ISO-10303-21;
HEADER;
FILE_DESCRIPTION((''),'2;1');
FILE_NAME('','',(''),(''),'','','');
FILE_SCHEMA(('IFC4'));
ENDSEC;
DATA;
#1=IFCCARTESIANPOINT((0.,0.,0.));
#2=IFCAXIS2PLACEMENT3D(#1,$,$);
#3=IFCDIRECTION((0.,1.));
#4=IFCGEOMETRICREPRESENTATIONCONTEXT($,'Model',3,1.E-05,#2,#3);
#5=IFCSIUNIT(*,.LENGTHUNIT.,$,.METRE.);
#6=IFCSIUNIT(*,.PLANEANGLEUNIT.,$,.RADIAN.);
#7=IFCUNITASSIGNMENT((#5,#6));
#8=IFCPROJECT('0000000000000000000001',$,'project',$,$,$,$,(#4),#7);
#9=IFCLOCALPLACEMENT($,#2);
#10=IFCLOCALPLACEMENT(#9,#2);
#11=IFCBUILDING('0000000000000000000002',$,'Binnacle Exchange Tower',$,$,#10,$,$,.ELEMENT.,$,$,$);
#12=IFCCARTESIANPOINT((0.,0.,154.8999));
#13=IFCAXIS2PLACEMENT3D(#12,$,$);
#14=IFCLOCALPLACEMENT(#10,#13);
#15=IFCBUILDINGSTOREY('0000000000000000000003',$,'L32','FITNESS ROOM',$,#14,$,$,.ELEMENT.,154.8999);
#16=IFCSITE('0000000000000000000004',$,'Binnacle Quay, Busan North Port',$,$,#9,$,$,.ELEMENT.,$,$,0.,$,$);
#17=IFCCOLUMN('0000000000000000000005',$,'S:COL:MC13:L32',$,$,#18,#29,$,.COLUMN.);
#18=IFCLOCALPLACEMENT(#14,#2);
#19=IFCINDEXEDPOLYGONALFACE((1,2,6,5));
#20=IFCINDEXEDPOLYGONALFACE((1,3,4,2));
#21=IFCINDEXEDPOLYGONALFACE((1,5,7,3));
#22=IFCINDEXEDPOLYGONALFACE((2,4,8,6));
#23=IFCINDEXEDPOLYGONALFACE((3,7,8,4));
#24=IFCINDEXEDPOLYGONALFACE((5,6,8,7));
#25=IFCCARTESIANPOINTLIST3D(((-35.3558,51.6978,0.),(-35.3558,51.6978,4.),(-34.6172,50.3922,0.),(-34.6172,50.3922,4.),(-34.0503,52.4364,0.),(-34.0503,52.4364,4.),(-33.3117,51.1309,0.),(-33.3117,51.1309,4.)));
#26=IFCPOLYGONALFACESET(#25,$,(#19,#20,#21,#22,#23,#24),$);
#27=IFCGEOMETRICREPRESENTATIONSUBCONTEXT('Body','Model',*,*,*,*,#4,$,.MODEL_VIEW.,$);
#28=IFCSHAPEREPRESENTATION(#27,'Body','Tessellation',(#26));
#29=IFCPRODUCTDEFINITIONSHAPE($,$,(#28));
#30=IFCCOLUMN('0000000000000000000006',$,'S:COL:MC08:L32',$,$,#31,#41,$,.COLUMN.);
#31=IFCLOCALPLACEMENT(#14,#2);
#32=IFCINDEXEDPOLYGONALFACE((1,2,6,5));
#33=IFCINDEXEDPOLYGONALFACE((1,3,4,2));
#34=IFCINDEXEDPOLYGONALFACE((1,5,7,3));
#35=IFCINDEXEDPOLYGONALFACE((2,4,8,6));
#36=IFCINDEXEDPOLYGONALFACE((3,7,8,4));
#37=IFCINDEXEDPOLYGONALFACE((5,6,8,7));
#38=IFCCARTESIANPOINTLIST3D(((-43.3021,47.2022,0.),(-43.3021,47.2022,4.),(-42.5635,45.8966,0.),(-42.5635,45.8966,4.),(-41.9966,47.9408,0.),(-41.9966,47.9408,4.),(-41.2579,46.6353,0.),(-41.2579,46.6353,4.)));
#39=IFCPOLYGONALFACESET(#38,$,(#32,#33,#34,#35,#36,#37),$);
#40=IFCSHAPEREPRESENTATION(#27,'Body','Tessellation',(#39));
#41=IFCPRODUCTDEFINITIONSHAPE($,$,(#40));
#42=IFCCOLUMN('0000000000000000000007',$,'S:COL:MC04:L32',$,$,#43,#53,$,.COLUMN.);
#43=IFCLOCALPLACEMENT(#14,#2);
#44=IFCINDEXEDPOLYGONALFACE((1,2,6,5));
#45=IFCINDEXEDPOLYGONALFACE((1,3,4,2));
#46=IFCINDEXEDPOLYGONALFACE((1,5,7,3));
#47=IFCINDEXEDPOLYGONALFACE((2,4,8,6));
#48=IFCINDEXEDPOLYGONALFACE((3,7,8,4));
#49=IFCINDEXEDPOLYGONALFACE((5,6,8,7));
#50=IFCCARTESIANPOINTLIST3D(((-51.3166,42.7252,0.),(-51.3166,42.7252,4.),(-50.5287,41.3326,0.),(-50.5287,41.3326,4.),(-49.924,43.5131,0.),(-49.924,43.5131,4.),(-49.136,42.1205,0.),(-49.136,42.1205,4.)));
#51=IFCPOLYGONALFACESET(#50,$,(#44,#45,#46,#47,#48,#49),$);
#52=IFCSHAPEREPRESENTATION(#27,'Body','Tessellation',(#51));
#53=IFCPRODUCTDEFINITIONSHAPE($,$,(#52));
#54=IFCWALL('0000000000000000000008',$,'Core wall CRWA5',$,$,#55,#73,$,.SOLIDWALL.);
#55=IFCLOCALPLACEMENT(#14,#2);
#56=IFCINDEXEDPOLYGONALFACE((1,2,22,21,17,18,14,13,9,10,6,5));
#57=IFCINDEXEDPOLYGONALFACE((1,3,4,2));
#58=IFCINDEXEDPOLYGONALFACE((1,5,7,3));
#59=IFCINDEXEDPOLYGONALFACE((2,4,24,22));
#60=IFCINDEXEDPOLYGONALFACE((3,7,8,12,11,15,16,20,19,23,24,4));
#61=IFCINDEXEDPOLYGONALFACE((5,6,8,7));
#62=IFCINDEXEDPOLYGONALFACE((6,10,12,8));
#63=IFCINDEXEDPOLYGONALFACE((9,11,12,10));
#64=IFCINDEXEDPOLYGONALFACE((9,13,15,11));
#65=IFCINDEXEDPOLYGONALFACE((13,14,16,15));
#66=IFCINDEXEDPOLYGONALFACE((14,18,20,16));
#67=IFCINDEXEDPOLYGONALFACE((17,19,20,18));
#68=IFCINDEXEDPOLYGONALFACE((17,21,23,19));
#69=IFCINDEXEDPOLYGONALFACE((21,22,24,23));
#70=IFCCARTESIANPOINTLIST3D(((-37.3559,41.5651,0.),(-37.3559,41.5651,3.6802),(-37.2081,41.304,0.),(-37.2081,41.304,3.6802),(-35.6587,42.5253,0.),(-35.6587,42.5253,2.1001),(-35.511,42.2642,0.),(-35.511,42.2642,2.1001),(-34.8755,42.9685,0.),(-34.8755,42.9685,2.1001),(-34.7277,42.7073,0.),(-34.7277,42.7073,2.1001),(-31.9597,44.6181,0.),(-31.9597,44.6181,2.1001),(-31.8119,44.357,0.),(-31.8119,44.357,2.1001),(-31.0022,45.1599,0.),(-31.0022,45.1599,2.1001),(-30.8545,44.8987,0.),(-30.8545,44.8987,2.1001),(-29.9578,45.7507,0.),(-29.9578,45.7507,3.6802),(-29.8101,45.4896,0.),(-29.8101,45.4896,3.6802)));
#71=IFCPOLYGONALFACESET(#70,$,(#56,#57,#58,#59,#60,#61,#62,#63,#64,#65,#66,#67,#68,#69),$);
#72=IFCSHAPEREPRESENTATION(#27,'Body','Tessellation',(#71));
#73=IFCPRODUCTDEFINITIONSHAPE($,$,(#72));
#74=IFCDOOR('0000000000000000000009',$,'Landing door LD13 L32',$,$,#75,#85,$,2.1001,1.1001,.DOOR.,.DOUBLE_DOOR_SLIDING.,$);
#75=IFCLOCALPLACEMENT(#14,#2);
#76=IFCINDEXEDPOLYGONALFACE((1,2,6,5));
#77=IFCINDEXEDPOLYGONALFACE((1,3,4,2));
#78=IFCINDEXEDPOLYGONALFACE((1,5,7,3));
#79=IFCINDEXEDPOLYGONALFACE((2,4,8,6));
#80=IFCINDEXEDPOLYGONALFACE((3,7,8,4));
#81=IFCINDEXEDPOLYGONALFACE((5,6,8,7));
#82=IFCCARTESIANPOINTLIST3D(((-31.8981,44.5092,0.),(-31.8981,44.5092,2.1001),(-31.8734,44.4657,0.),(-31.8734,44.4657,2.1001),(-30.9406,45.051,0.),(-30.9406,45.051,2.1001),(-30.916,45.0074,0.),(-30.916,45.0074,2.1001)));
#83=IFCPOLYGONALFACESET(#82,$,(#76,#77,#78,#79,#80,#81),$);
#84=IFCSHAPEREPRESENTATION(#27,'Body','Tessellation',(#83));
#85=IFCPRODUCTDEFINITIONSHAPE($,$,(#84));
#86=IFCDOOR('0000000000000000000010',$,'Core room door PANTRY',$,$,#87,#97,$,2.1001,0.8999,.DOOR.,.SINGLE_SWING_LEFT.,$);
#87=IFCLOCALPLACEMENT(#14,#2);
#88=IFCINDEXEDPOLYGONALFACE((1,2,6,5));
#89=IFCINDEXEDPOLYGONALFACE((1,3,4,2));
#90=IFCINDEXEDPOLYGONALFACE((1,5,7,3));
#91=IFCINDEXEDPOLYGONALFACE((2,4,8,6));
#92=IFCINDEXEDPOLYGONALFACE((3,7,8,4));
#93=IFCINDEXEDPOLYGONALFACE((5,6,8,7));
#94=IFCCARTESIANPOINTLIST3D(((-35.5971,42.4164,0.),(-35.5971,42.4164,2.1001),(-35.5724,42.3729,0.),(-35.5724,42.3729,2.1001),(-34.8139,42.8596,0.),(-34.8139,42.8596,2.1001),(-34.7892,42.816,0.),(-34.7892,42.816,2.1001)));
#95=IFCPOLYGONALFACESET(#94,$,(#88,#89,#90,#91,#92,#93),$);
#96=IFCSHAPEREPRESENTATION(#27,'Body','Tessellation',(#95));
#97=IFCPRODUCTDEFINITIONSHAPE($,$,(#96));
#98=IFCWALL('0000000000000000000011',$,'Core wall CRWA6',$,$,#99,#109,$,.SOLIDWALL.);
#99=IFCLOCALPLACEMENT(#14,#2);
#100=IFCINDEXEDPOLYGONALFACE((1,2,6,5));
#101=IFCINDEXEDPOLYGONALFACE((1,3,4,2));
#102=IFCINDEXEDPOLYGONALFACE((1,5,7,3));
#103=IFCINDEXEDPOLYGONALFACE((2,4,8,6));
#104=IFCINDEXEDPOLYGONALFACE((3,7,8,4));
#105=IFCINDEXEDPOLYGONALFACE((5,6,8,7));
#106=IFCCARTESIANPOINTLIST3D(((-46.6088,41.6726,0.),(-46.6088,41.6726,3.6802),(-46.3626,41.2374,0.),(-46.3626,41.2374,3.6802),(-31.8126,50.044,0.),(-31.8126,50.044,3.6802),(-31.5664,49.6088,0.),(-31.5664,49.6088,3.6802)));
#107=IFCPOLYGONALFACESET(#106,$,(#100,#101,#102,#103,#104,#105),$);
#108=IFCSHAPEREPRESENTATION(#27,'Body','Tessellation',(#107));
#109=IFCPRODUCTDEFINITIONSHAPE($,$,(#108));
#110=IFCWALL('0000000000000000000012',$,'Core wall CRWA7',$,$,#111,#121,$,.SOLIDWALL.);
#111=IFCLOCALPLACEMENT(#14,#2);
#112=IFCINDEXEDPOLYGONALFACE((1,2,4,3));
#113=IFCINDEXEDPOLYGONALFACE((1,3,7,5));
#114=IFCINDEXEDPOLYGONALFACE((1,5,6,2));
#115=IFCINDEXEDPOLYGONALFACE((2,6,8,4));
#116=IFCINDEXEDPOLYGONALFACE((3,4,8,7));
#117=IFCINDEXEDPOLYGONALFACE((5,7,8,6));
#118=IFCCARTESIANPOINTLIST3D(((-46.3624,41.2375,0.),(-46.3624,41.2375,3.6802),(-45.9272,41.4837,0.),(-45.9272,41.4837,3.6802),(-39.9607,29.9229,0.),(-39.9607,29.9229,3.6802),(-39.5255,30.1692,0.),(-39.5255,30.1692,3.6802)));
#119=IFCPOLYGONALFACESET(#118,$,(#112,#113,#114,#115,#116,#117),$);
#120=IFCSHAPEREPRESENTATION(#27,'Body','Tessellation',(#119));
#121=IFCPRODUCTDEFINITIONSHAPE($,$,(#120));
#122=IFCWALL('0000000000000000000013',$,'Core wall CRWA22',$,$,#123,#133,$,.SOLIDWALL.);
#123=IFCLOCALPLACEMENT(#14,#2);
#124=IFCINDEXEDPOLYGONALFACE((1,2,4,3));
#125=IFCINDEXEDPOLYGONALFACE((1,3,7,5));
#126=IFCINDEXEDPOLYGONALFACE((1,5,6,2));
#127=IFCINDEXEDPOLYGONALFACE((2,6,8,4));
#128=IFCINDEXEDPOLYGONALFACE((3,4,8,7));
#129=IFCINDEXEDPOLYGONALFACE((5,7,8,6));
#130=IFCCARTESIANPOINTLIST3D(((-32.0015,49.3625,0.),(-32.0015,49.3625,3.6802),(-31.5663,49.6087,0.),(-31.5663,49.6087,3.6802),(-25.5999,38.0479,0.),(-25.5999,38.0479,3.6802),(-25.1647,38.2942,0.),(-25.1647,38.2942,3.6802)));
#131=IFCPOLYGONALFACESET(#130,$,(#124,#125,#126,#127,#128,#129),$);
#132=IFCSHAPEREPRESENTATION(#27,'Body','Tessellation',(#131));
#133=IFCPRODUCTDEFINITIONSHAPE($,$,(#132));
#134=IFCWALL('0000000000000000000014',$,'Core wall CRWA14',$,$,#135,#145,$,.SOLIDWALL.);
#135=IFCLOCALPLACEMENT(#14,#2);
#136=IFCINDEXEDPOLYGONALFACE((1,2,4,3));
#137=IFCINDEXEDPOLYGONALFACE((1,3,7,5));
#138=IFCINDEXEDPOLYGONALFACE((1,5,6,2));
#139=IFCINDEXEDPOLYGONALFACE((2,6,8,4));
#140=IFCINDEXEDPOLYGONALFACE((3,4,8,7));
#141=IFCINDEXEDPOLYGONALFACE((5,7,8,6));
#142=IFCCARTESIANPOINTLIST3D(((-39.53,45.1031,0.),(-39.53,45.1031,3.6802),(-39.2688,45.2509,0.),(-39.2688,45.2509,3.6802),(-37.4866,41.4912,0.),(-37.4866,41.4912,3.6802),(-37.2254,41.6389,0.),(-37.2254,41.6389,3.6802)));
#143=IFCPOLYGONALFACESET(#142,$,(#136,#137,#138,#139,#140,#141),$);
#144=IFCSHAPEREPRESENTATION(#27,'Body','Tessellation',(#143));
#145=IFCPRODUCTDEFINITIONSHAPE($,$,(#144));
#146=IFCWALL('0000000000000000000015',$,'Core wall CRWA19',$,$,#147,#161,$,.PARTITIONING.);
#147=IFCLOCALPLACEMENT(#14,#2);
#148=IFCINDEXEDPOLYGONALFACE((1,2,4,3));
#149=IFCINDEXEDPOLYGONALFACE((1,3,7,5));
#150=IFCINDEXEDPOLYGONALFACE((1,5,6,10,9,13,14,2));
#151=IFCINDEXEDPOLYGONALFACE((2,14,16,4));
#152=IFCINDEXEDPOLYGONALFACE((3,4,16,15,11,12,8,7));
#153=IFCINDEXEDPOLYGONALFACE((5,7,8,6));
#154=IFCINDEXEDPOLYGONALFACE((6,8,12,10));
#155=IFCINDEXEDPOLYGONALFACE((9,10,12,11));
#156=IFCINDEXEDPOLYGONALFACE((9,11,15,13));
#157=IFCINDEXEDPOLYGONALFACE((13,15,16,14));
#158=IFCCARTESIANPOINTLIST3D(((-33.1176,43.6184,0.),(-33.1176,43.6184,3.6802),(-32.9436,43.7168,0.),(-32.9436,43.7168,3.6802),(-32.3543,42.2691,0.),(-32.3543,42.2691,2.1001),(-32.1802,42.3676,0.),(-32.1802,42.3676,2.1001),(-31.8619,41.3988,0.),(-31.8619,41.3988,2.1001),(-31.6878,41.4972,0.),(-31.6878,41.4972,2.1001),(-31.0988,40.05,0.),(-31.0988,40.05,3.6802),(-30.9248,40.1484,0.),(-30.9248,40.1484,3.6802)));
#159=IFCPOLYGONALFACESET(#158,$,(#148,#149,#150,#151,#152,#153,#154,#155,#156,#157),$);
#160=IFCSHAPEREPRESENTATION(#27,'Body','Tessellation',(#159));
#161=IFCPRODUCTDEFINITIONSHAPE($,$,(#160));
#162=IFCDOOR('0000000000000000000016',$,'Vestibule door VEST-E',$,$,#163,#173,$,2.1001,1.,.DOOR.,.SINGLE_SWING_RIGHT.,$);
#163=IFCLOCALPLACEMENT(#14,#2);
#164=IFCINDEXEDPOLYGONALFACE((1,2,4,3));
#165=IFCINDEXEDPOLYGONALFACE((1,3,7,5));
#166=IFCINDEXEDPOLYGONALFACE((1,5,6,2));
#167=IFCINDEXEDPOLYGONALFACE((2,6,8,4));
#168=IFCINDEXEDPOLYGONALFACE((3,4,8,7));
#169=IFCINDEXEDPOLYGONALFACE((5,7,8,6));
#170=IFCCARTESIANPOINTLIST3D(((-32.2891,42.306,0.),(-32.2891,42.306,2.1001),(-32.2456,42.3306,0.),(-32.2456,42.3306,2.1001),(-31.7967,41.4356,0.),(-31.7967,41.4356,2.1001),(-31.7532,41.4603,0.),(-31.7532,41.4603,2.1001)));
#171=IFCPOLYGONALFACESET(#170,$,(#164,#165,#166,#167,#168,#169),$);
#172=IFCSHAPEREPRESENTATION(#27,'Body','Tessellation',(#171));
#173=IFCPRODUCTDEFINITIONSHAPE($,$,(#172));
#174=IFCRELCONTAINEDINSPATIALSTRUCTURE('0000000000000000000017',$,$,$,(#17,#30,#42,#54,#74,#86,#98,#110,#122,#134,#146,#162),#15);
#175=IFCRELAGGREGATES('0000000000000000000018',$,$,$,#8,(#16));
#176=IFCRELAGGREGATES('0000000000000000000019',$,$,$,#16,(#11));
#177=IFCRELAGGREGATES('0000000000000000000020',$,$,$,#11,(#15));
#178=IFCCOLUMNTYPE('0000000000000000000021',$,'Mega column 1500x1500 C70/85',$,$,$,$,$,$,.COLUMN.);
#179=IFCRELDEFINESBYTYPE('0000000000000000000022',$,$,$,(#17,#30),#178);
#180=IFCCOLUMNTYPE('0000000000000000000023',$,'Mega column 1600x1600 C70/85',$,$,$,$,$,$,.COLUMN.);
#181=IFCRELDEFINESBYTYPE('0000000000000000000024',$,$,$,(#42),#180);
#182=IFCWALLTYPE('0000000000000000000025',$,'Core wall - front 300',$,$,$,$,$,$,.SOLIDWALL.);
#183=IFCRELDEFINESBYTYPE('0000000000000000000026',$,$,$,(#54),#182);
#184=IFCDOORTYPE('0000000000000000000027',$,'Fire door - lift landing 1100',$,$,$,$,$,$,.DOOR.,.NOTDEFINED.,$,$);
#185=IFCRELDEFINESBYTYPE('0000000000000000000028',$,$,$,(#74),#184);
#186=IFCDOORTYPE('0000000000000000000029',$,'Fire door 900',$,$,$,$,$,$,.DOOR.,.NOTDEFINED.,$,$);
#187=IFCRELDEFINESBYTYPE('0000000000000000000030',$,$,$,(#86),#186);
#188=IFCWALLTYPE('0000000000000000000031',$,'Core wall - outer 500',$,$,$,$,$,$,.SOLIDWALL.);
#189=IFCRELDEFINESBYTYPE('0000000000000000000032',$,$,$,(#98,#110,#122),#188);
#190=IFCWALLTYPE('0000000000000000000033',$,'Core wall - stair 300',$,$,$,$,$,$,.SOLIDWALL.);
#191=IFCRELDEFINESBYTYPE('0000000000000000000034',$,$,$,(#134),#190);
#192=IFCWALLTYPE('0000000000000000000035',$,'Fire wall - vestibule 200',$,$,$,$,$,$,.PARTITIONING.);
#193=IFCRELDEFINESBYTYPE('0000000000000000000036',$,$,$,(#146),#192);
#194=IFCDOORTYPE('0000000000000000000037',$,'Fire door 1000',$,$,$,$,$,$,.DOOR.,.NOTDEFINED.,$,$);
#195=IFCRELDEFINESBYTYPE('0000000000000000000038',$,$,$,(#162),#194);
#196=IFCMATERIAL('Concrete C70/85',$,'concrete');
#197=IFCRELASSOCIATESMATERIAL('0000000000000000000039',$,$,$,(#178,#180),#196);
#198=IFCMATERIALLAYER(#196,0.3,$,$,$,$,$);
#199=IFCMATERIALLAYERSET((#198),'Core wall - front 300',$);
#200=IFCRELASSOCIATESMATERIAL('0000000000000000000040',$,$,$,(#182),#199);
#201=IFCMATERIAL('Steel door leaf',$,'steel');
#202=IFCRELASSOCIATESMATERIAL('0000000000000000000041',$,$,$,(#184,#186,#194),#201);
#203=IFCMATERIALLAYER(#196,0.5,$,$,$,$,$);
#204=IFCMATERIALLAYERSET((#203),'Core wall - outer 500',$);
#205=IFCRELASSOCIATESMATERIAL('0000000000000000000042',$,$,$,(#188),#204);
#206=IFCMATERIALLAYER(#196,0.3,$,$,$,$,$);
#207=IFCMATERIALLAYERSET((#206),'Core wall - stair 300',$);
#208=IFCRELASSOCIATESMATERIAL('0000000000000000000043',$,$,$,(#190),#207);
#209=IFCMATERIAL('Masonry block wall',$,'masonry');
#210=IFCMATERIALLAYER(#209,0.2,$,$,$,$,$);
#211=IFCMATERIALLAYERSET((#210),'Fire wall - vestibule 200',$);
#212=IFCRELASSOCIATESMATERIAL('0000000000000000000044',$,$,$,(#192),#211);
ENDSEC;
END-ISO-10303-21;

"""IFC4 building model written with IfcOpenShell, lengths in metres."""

from ifc_helpers import new_model, si_unit, direction, frame, frame_2d, origin, origin_2d, place, context, subcontext, project, spatial, rectangle, extrude, material, layer, layer_set, material_profile, profile_set, type_object, element, fill, save


model = new_model("IFC4")

# Units and contexts
model_context = context("Model", 3, precision=1e-05, world=origin(), true_north=direction((0.0, 1.0)))
body_context = subcontext(model_context, "Body", "Model", "MODEL_VIEW")
ifc_project = project(units=[si_unit("LENGTHUNIT", "METRE"), si_unit("PLANEANGLEUNIT", "RADIAN")], contexts=[model_context])

# Site, building, storey
site_placement = place(None, origin())
site = spatial("IfcSite", under=ifc_project, at=site_placement, Name="Binnacle Quay, Busan North Port", CompositionType="ELEMENT", RefElevation=0.0)
building_placement = place(site_placement, origin())
building = spatial("IfcBuilding", under=site, at=building_placement, Name="Binnacle Exchange Tower", CompositionType="ELEMENT")
storey_placement = place(building_placement, frame((0.0, 0.0, 154.8999)))
storey = spatial("IfcBuildingStorey", under=building, at=storey_placement, Name="L32", Description="FITNESS ROOM", CompositionType="ELEMENT", Elevation=154.8999)

# Columns
ifc_material_1 = material(Name="Concrete C70/85", Category="concrete")
ifc_material_profile_1 = material_profile(ifc_material_1, rectangle(XDim=1.5, YDim=1.5, at=origin_2d()), Name="Mega column 1500x1500 C70/85")
ifc_profile_set_1 = profile_set([ifc_material_profile_1], Name="Concrete C70/85")
column_type_1 = type_object("IfcColumnType", Name="Mega column 1500x1500 C70/85", PredefinedType="COLUMN", material=ifc_profile_set_1)
for number, where, z_axis, x_axis, name in (
    (1, (-34.3337, 51.4143, 0.0), (0.0, 0.0, 1.0), (-0.870356, -0.492424, 0.0), "S:COL:MC13:L32"),
    (2, (-42.28, 46.9187, 0.0), (0.0, 0.0, 1.0), (-0.870356, -0.492424, 0.0), "S:COL:MC08:L32"),
):
    element("IfcColumn", number, at=place(storey_placement, frame(where, z_axis=z_axis, x_axis=x_axis)), inside=storey, type_object=column_type_1, Name=name, PredefinedType="COLUMN", context=body_context, shape_type="SweptSolid", body=[
        extrude(rectangle(XDim=1.5, YDim=1.5, at=origin_2d()), origin(), (0.0, 0.0, 1.0), 4.0),
    ])
ifc_material_profile_2 = material_profile(ifc_material_1, rectangle(XDim=1.6001, YDim=1.6001, at=origin_2d()), Name="Mega column 1600x1600 C70/85")
ifc_profile_set_2 = profile_set([ifc_material_profile_2], Name="Concrete C70/85")
column_type_2 = type_object("IfcColumnType", Name="Mega column 1600x1600 C70/85", PredefinedType="COLUMN", material=ifc_profile_set_2)
column_placement = place(storey_placement, frame((-50.2263, 42.4229, 0.0), z_axis=(0.0, 0.0, 1.0), x_axis=(-0.870356, -0.492424, 0.0)))
element("IfcColumn", 3, at=column_placement, inside=storey, type_object=column_type_2, Name="S:COL:MC04:L32", PredefinedType="COLUMN", context=body_context, shape_type="SweptSolid", body=[
    extrude(rectangle(XDim=1.6001, YDim=1.6001, at=origin_2d()), origin(), (0.0, 0.0, 1.0), 4.0),
])

# Wall, openings, doors
ifc_layer_1 = layer(ifc_material_1, 0.3)
ifc_layer_set_1 = layer_set([ifc_layer_1], Name="Core wall - front 300")
wall_type_1 = type_object("IfcWallType", Name="Core wall - front 300", PredefinedType="SOLIDWALL", material=ifc_layer_set_1)
wall_1_placement = place(storey_placement, frame((-37.282, 41.4346, 0.0), z_axis=(0.0, 0.0, 1.0), x_axis=(0.870356, 0.492423, 0.0)))
wall_1 = element("IfcWall", 4, at=wall_1_placement, inside=storey, type_object=wall_type_1, Name="Core wall CRWA5", PredefinedType="SOLIDWALL", context=body_context, shape_type="SweptSolid", body=[
    extrude(rectangle(XDim=8.5, YDim=0.3, at=frame_2d((4.25, 0.0))), origin(), (0.0, 0.0, 1.0), 3.6802),
])
opening_1_placement = place(wall_1_placement, frame((6.2, 0.0, 0.0)))
opening_1 = element("IfcOpeningElement", 5, at=opening_1_placement, cuts=wall_1, PredefinedType="OPENING", context=body_context, shape_type="SweptSolid", body=[
    extrude(rectangle(XDim=1.1001, YDim=2.1001, at=frame_2d((0.55, 1.05))), frame((0.0, 0.1599, 0.0), z_axis=(0.0, -1.0, 0.0), x_axis=(1.0, 0.0, 0.0)), (0.0, 0.0, 1.0), 0.3201),
])
opening_2_placement = place(wall_1_placement, frame((1.95, 0.0, 0.0)))
opening_2 = element("IfcOpeningElement", 6, at=opening_2_placement, cuts=wall_1, PredefinedType="OPENING", context=body_context, shape_type="SweptSolid", body=[
    extrude(rectangle(XDim=0.8999, YDim=2.1001, at=frame_2d((0.45, 1.05))), frame((0.0, 0.1599, 0.0), z_axis=(0.0, -1.0, 0.0), x_axis=(1.0, 0.0, 0.0)), (0.0, 0.0, 1.0), 0.3201),
])
ifc_material_2 = material(Name="Steel door leaf", Category="steel")
door_type_1 = type_object("IfcDoorType", Name="Fire door - lift landing 1100", OperationType="NOTDEFINED", PredefinedType="DOOR", material=ifc_material_2)
door_1_placement = place(opening_1_placement, origin())
door_1 = element("IfcDoor", 7, at=door_1_placement, inside=storey, type_object=door_type_1, Name="Landing door LD13 L32", OperationType="DOUBLE_DOOR_SLIDING", OverallHeight=2.1001, OverallWidth=1.1001, PredefinedType="DOOR", context=body_context, shape_type="SweptSolid", body=[
    extrude(rectangle(XDim=1.1001, YDim=2.1001, at=frame_2d((0.55, 1.05))), frame((0.0, 0.0249, 0.0), z_axis=(0.0, -1.0, 0.0), x_axis=(1.0, 0.0, 0.0)), (0.0, 0.0, 1.0), 0.05),
])
fill(opening_1, door_1)
door_type_2 = type_object("IfcDoorType", Name="Fire door 900", OperationType="NOTDEFINED", PredefinedType="DOOR", material=ifc_material_2)
door_2_placement = place(opening_2_placement, origin())
door_2 = element("IfcDoor", 8, at=door_2_placement, inside=storey, type_object=door_type_2, Name="Core room door PANTRY", OperationType="SINGLE_SWING_LEFT", OverallHeight=2.1001, OverallWidth=0.8999, PredefinedType="DOOR", context=body_context, shape_type="SweptSolid", body=[
    extrude(rectangle(XDim=0.8999, YDim=2.1001, at=frame_2d((0.45, 1.05))), frame((0.0, 0.0249, 0.0), z_axis=(0.0, -1.0, 0.0), x_axis=(1.0, 0.0, 0.0)), (0.0, 0.0, 1.0), 0.05),
])
fill(opening_2, door_2)

# Walls
ifc_layer_2 = layer(ifc_material_1, 0.5)
ifc_layer_set_2 = layer_set([ifc_layer_2], Name="Core wall - outer 500")
wall_type_2 = type_object("IfcWallType", Name="Core wall - outer 500", PredefinedType="SOLIDWALL", material=ifc_layer_set_2)
wall_2_placement = place(storey_placement, frame((-46.4856, 41.4551, 0.0), z_axis=(0.0, 0.0, 1.0), x_axis=(0.870354, 0.492427, 0.0)))
element("IfcWall", 9, at=wall_2_placement, inside=storey, type_object=wall_type_2, Name="Core wall CRWA6", PredefinedType="SOLIDWALL", context=body_context, shape_type="SweptSolid", body=[
    extrude(rectangle(XDim=17.0002, YDim=0.5, at=frame_2d((8.5, 0.0))), origin(), (0.0, 0.0, 1.0), 3.6802),
])
for number, where, z_axis, x_axis, name in (
    (10, (-46.1448, 41.3606, 0.0), (0.0, 0.0, 1.0), (0.492435, -0.870349, 0.0), "Core wall CRWA7"),
    (11, (-31.7839, 49.4856, 0.0), (0.0, 0.0, 1.0), (0.492435, -0.870349, 0.0), "Core wall CRWA22"),
):
    element("IfcWall", number, at=place(storey_placement, frame(where, z_axis=z_axis, x_axis=x_axis)), inside=storey, type_object=wall_type_2, Name=name, PredefinedType="SOLIDWALL", context=body_context, shape_type="SweptSolid", body=[
        extrude(rectangle(XDim=13.0, YDim=0.5, at=frame_2d((6.5, 0.0))), origin(), (0.0, 0.0, 1.0), 3.6802),
    ])
ifc_layer_3 = layer(ifc_material_1, 0.3)
ifc_layer_set_3 = layer_set([ifc_layer_3], Name="Core wall - stair 300")
wall_type_3 = type_object("IfcWallType", Name="Core wall - stair 300", PredefinedType="SOLIDWALL", material=ifc_layer_set_3)
wall_3_placement = place(storey_placement, frame((-39.3994, 45.177, 0.0), z_axis=(0.0, 0.0, 1.0), x_axis=(0.492396, -0.870371, 0.0)))
element("IfcWall", 12, at=wall_3_placement, inside=storey, type_object=wall_type_3, Name="Core wall CRWA14", PredefinedType="SOLIDWALL", context=body_context, shape_type="SweptSolid", body=[
    extrude(rectangle(XDim=4.1499, YDim=0.3, at=frame_2d((2.075, 0.0))), origin(), (0.0, 0.0, 1.0), 3.6802),
])

# Wall, opening, door
ifc_material_3 = material(Name="Masonry block wall", Category="masonry")
ifc_layer_4 = layer(ifc_material_3, 0.2)
ifc_layer_set_4 = layer_set([ifc_layer_4], Name="Fire wall - vestibule 200")
wall_type_4 = type_object("IfcWallType", Name="Fire wall - vestibule 200", PredefinedType="PARTITIONING", material=ifc_layer_set_4)
wall_4_placement = place(storey_placement, frame((-33.0305, 43.6675, 0.0), z_axis=(0.0, 0.0, 1.0), x_axis=(0.492408, -0.870364, 0.0)))
wall_4 = element("IfcWall", 13, at=wall_4_placement, inside=storey, type_object=wall_type_4, Name="Core wall CRWA19", PredefinedType="PARTITIONING", context=body_context, shape_type="SweptSolid", body=[
    extrude(rectangle(XDim=4.0999, YDim=0.2, at=frame_2d((2.0498, 0.0))), origin(), (0.0, 0.0, 1.0), 3.6802),
])
opening_3_placement = place(wall_4_placement, frame((1.55, 0.0, 0.0)))
opening_3 = element("IfcOpeningElement", 14, at=opening_3_placement, cuts=wall_4, PredefinedType="OPENING", context=body_context, shape_type="SweptSolid", body=[
    extrude(rectangle(XDim=1.0, YDim=2.1001, at=frame_2d((0.5, 1.05))), frame((0.0, 0.1099, 0.0), z_axis=(0.0, -1.0, 0.0), x_axis=(1.0, 0.0, 0.0)), (0.0, 0.0, 1.0), 0.22),
])
door_type_3 = type_object("IfcDoorType", Name="Fire door 1000", OperationType="NOTDEFINED", PredefinedType="DOOR", material=ifc_material_2)
door_3_placement = place(opening_3_placement, origin())
door_3 = element("IfcDoor", 15, at=door_3_placement, inside=storey, type_object=door_type_3, Name="Vestibule door VEST-E", OperationType="SINGLE_SWING_RIGHT", OverallHeight=2.1001, OverallWidth=1.0, PredefinedType="DOOR", context=body_context, shape_type="SweptSolid", body=[
    extrude(rectangle(XDim=1.0, YDim=2.1001, at=frame_2d((0.5, 1.05))), frame((0.0, 0.0249, 0.0), z_axis=(0.0, -1.0, 0.0), x_axis=(1.0, 0.0, 0.0)), (0.0, 0.0, 1.0), 0.05),
])
fill(opening_3, door_3)

save(model, "model.ifc")
